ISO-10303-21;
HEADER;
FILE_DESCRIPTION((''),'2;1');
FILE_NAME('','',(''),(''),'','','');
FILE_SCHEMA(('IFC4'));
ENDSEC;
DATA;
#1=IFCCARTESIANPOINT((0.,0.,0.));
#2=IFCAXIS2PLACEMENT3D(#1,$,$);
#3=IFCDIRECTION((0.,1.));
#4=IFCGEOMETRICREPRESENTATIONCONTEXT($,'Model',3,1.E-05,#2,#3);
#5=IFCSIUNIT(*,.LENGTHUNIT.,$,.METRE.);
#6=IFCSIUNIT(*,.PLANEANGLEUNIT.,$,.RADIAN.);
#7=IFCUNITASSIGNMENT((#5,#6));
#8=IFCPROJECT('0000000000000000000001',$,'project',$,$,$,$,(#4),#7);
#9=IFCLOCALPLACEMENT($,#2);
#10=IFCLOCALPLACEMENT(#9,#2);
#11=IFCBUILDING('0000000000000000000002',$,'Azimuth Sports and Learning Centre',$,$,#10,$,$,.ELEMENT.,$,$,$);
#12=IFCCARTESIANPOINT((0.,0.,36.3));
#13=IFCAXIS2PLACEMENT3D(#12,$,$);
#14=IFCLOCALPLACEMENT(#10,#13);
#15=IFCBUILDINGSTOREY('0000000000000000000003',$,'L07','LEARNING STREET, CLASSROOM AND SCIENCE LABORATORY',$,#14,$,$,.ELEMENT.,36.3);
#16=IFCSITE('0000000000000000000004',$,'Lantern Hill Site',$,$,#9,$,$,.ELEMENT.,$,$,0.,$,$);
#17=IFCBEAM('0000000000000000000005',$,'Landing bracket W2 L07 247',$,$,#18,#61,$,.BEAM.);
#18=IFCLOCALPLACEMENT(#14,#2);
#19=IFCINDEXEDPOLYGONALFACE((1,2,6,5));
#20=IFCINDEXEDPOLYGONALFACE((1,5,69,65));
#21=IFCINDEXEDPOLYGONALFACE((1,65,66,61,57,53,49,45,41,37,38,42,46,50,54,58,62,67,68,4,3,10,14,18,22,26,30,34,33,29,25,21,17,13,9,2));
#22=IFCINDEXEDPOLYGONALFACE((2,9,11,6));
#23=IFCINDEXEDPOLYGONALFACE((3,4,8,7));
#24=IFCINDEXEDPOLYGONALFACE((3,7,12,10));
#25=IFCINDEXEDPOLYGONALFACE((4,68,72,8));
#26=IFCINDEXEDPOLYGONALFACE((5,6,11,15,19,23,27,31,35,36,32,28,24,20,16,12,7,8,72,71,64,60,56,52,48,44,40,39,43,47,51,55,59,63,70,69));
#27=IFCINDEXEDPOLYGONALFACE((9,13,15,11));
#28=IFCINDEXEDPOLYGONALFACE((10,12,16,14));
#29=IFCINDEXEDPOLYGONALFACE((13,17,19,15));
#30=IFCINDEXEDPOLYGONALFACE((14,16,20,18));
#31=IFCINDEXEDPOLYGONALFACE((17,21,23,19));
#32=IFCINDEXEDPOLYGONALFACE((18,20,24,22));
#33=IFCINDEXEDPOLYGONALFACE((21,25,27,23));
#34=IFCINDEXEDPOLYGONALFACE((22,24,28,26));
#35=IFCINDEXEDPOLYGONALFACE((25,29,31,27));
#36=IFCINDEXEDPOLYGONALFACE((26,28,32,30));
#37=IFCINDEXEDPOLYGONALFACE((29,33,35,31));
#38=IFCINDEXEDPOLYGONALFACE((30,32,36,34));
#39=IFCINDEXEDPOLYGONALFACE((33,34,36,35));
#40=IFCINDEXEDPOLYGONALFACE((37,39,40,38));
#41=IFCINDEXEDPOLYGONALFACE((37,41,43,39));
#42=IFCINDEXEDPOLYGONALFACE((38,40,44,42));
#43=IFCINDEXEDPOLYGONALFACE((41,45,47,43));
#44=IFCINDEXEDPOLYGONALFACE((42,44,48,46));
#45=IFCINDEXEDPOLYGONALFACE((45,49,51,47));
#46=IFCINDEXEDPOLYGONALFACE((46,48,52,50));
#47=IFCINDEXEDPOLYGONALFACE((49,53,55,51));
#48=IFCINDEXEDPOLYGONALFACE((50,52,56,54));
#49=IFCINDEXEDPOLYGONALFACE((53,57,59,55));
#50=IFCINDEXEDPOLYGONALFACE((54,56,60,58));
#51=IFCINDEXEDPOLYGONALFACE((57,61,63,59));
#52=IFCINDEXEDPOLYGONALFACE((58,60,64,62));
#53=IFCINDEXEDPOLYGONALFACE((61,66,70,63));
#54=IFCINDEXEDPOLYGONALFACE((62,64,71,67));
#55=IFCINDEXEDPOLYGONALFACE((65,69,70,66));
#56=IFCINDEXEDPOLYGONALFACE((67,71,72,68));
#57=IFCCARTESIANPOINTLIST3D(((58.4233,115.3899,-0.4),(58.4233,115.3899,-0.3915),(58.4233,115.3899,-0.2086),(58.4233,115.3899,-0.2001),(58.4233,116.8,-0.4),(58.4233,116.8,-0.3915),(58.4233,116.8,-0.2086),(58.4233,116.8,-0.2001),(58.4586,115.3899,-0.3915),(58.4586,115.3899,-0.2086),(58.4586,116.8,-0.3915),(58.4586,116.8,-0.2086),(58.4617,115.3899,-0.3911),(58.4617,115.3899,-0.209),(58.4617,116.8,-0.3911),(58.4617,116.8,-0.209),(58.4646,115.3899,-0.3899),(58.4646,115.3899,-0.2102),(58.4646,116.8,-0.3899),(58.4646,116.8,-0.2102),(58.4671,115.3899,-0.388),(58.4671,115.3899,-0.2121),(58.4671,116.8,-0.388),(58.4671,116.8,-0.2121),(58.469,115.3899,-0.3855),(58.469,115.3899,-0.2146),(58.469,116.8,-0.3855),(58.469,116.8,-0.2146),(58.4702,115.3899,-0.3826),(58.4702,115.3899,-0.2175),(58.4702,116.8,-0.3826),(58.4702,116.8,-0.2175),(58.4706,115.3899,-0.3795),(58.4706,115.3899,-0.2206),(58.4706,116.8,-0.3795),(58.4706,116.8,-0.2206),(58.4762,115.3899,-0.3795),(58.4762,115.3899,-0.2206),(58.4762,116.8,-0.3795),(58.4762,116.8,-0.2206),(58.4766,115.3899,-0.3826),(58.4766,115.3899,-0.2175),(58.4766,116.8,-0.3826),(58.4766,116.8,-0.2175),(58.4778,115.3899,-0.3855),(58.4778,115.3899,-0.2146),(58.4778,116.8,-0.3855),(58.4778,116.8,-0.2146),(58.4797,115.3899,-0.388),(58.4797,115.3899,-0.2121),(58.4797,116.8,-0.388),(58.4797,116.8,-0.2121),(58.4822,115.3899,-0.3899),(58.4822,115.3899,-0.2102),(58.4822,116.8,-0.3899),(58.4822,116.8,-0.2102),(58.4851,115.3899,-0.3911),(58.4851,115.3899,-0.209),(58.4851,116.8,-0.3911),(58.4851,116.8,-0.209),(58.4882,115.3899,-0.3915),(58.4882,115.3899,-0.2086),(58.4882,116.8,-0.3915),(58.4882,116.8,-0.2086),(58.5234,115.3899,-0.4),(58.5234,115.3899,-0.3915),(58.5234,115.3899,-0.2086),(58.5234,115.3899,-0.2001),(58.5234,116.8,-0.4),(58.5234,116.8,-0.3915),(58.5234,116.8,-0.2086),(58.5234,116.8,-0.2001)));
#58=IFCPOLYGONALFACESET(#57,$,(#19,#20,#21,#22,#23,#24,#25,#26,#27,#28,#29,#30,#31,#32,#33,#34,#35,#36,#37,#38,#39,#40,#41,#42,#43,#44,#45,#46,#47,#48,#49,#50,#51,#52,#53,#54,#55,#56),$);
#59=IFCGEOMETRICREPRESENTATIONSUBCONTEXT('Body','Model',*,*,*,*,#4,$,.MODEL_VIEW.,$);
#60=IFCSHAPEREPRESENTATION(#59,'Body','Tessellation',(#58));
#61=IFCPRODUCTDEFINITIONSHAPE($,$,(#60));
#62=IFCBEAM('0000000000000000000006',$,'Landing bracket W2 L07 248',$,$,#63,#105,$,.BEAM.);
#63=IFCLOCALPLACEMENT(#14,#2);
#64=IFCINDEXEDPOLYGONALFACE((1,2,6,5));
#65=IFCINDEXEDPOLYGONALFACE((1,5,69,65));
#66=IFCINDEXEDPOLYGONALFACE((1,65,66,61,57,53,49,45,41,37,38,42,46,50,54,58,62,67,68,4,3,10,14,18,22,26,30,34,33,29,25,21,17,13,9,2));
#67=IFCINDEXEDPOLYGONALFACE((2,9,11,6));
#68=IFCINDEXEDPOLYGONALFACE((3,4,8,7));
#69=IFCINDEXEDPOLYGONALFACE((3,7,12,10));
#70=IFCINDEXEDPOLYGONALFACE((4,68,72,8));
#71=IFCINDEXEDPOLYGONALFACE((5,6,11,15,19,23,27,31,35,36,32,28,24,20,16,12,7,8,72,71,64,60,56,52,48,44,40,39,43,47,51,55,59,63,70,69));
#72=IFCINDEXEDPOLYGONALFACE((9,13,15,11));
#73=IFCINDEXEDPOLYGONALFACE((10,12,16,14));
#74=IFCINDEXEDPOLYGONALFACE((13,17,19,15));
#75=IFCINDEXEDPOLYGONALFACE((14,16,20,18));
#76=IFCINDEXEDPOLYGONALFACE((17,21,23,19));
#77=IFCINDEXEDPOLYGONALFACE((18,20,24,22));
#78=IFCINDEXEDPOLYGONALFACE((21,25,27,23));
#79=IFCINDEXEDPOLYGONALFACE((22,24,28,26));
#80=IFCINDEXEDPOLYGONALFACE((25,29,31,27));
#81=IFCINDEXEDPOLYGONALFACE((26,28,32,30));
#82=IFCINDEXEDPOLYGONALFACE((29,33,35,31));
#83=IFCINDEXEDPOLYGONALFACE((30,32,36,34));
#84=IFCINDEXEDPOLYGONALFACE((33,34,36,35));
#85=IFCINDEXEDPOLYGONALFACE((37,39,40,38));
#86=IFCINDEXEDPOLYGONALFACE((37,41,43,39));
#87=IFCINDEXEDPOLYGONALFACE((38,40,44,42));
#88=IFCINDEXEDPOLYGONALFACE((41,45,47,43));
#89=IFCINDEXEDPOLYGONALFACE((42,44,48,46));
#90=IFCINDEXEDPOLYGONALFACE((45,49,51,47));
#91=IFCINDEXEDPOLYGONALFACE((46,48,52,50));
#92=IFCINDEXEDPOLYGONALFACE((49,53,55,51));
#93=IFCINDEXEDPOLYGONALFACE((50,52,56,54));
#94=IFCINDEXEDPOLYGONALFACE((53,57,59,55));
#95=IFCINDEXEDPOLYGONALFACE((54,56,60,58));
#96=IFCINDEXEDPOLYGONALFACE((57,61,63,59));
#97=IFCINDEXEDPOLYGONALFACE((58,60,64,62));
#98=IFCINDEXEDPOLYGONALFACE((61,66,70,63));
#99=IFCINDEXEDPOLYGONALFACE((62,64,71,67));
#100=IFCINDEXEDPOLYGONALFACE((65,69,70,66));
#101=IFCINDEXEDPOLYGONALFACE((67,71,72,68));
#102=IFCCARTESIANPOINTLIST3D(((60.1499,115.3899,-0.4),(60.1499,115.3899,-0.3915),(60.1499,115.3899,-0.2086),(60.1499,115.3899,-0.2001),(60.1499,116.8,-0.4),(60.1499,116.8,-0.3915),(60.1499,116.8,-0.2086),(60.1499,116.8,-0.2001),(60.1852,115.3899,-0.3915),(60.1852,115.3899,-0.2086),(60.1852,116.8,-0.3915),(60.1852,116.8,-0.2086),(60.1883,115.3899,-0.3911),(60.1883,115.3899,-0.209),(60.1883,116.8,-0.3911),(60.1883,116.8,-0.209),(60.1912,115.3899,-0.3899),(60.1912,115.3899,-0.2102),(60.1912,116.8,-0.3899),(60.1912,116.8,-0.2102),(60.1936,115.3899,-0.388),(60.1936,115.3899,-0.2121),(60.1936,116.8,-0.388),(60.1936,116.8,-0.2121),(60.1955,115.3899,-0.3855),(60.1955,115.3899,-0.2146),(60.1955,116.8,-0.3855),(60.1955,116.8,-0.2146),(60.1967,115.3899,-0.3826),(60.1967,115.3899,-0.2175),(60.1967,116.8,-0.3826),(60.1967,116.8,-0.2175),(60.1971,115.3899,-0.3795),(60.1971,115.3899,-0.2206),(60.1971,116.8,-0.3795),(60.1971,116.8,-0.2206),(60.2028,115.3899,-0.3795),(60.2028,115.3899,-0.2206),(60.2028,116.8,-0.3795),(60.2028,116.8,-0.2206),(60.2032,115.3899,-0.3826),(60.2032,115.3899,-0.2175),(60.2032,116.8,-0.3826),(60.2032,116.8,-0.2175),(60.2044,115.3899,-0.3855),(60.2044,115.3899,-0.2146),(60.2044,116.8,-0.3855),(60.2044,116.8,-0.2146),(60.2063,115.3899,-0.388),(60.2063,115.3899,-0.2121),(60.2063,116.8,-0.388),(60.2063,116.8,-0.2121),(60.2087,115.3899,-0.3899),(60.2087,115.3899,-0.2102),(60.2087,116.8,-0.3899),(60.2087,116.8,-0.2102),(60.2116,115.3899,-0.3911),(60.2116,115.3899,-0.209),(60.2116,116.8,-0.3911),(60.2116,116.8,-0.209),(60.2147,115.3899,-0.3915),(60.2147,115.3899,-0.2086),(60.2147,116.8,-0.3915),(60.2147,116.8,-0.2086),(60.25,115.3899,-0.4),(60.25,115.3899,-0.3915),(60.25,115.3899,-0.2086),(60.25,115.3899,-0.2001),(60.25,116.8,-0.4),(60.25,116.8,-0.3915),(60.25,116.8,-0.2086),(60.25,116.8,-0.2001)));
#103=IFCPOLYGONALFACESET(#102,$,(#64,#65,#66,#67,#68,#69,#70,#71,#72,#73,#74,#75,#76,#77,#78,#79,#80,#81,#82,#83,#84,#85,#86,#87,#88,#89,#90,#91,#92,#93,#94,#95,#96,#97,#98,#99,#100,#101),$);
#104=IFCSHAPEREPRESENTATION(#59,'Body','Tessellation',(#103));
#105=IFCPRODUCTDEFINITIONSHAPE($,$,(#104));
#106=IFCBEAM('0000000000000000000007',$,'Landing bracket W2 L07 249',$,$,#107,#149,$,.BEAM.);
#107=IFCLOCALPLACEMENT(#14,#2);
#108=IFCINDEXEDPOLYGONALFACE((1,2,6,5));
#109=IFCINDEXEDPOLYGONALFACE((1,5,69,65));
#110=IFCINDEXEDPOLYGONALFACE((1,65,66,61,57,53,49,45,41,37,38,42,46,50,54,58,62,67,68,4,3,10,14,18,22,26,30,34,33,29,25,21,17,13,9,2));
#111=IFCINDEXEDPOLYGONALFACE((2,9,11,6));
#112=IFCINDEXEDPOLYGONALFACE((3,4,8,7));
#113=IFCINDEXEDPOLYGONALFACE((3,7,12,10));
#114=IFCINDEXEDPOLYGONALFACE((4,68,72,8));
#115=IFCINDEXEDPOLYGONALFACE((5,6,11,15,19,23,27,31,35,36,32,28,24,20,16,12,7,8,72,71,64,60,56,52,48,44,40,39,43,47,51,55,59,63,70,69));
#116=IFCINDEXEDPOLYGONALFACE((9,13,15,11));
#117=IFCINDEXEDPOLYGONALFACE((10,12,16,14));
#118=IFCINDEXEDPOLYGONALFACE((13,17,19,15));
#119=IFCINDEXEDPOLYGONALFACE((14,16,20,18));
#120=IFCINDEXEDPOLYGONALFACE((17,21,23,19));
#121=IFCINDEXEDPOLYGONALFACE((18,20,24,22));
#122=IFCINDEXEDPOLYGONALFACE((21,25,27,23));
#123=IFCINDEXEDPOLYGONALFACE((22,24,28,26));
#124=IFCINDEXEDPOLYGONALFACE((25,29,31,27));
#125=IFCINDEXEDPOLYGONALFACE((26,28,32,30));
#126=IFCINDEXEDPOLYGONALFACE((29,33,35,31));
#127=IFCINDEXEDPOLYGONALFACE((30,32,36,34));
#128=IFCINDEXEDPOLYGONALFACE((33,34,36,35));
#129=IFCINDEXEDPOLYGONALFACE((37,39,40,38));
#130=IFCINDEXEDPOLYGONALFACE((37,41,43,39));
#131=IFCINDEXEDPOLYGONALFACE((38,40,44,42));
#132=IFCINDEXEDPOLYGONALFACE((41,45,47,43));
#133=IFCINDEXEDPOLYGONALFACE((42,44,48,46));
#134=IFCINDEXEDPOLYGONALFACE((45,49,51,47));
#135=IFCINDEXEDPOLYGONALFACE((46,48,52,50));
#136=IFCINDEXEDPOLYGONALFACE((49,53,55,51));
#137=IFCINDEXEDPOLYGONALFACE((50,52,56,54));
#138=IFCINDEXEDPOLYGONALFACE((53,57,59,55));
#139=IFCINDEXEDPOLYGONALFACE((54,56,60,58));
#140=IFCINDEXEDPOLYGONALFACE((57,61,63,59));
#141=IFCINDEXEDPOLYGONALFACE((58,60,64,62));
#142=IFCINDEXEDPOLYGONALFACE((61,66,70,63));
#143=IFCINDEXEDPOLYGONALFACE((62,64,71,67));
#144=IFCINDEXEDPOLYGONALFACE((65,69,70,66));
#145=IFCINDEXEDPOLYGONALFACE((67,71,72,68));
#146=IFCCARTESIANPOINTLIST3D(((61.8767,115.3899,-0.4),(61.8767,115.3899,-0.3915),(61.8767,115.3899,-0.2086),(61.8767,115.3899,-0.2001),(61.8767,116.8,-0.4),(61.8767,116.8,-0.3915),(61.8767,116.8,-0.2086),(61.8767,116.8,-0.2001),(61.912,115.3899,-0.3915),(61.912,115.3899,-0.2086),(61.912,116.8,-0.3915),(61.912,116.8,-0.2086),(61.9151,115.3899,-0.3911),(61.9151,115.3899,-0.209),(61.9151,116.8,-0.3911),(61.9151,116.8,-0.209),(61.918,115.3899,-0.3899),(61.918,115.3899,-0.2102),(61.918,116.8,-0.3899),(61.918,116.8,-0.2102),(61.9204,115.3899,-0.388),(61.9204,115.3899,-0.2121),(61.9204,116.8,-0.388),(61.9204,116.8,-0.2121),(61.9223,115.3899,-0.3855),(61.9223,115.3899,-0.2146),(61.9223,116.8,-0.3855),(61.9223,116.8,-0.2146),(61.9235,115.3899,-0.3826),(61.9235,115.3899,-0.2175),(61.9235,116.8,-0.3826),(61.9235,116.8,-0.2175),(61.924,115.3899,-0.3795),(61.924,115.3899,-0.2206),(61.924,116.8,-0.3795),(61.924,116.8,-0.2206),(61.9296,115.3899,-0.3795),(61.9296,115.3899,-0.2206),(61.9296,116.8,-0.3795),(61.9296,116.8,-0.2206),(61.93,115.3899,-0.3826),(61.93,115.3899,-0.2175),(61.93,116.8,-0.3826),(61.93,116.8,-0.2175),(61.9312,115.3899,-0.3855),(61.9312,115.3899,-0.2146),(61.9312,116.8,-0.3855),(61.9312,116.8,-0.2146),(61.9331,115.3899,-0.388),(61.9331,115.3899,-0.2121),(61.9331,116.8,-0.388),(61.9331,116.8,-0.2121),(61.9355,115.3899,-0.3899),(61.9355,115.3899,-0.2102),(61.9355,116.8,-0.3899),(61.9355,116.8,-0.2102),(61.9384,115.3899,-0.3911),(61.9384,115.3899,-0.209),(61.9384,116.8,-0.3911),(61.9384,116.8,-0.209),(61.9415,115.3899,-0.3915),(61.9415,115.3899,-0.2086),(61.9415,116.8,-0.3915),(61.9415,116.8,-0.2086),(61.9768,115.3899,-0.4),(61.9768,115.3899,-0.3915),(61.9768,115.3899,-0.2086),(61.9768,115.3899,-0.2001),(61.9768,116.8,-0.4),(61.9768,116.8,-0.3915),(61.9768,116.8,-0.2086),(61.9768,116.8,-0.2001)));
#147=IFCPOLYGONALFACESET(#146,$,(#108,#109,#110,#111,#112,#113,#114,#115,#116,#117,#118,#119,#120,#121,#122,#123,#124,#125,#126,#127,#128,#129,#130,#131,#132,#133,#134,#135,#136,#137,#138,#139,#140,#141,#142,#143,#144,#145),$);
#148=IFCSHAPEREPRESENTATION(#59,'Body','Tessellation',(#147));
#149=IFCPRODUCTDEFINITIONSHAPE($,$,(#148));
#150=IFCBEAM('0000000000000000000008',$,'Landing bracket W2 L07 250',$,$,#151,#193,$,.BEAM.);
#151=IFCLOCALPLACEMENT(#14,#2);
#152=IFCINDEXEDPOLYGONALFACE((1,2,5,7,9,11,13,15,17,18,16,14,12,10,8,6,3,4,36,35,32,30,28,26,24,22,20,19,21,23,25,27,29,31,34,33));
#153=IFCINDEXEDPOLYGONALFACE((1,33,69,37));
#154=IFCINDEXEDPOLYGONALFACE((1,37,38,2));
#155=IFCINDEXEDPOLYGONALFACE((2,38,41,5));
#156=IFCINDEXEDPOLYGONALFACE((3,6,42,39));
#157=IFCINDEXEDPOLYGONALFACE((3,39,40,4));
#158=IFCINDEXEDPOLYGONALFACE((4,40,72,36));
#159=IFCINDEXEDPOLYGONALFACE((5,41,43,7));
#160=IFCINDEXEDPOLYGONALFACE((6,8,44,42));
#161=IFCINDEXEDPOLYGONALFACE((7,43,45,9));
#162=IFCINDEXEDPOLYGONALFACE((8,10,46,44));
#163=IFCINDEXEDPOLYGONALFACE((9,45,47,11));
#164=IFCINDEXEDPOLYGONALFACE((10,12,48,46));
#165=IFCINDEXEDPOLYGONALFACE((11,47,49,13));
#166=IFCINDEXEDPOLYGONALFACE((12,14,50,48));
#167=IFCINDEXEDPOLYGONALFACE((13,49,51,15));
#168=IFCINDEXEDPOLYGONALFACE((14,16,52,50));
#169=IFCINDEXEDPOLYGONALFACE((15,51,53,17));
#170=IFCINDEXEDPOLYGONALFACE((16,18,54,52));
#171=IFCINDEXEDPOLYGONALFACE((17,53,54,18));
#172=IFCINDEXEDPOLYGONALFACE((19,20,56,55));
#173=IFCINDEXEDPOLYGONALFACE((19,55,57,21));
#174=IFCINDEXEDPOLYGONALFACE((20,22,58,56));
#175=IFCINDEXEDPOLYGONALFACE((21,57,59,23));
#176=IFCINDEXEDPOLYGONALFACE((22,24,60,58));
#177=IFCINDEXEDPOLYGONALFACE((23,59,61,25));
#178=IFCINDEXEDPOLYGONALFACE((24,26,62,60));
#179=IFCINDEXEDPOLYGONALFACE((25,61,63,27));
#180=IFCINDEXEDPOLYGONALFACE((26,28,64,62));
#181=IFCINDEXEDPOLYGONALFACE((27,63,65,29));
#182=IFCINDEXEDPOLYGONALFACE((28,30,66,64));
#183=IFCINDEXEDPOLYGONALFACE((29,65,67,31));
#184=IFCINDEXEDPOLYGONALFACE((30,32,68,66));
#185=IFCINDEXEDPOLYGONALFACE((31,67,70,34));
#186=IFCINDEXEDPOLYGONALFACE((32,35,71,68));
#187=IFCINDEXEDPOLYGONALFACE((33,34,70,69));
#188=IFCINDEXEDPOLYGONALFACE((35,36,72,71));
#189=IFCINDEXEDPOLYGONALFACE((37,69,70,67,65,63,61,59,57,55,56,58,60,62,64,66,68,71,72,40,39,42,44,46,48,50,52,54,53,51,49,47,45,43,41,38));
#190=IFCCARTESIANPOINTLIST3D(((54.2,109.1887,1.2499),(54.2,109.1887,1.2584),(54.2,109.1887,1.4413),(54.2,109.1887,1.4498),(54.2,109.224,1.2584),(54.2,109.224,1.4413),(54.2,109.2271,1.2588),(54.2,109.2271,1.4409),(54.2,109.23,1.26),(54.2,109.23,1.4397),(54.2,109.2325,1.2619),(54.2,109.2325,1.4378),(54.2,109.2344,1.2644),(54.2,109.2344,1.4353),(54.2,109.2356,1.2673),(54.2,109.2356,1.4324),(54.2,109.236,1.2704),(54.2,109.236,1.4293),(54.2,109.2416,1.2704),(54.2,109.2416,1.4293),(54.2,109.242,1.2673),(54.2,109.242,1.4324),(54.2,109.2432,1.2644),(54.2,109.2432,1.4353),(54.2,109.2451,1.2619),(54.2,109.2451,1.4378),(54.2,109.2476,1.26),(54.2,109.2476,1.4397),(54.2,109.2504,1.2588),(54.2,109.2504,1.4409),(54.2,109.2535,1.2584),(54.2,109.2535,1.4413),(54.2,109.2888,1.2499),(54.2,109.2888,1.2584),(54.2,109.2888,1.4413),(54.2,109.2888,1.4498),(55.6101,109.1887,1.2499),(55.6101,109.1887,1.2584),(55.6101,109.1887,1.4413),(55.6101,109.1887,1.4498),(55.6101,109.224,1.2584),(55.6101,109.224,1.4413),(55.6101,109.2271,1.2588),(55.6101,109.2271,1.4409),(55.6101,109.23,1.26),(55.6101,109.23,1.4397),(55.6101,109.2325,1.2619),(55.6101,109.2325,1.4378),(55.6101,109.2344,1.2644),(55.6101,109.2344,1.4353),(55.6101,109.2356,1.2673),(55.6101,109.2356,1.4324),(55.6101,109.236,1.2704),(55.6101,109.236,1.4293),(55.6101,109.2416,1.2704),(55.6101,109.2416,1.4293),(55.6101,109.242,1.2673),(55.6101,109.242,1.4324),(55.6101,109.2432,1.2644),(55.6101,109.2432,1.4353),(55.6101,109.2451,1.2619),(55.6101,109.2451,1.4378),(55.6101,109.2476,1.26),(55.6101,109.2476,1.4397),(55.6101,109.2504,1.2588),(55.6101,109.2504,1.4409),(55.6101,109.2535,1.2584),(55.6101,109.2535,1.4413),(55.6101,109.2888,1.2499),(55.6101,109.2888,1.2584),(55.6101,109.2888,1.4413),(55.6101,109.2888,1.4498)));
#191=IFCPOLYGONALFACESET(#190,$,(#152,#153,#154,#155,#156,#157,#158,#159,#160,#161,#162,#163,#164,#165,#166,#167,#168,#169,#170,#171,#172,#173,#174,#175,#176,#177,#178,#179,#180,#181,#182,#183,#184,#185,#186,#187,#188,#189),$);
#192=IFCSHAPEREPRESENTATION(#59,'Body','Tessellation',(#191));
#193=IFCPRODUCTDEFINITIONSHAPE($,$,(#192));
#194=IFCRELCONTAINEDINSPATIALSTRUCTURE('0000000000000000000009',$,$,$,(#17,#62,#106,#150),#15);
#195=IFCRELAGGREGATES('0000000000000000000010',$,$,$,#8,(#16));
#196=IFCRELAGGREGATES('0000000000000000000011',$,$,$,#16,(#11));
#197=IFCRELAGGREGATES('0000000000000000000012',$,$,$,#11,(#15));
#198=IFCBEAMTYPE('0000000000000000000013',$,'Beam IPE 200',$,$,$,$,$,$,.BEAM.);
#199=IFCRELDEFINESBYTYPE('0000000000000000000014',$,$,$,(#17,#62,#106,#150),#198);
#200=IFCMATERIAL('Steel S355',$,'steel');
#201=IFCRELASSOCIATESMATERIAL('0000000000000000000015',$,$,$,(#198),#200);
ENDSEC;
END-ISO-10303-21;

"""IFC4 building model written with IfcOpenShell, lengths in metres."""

from ifc_helpers import new_model, si_unit, direction, frame, origin, origin_2d, place, context, subcontext, project, spatial, i_section, extrude, material, material_profile, profile_set, type_object, element, save


model = new_model("IFC4")

# Units and contexts
model_context = context("Model", 3, precision=1e-05, world=origin(), true_north=direction((0.0, 1.0)))
body_context = subcontext(model_context, "Body", "Model", "MODEL_VIEW")
ifc_project = project(units=[si_unit("LENGTHUNIT", "METRE"), si_unit("PLANEANGLEUNIT", "RADIAN")], contexts=[model_context])

# Site, building, storey
site_placement = place(None, origin())
site = spatial("IfcSite", under=ifc_project, at=site_placement, Name="Lantern Hill Site", CompositionType="ELEMENT", RefElevation=0.0)
building_placement = place(site_placement, origin())
building = spatial("IfcBuilding", under=site, at=building_placement, Name="Azimuth Sports and Learning Centre", CompositionType="ELEMENT")
storey_placement = place(building_placement, frame((0.0, 0.0, 36.3)))
storey = spatial("IfcBuildingStorey", under=building, at=storey_placement, Name="L07", Description="LEARNING STREET, CLASSROOM AND SCIENCE LABORATORY", CompositionType="ELEMENT", Elevation=36.3)

# Beams
ifc_material_1 = material(Name="Steel S355", Category="steel")
ifc_material_profile_1 = material_profile(ifc_material_1, i_section(OverallWidth=0.1001, OverallDepth=0.2, WebThickness=0.0056, FlangeThickness=0.0085, FilletRadius=0.012, at=origin_2d()), Name="IPE 200")
ifc_profile_set_1 = profile_set([ifc_material_profile_1], Name="Steel S355")
beam_type_1 = type_object("IfcBeamType", Name="Beam IPE 200", PredefinedType="BEAM", material=ifc_profile_set_1)
for number, where, z_axis, x_axis, name in (
    (1, (58.4734, 116.8, -0.3), (0.0, -1.0, 0.0), (1.0, 0.0, 0.0), "Landing bracket W2 L07 247"),
    (2, (60.2, 116.8, -0.3), (0.0, -1.0, 0.0), (1.0, 0.0, 0.0), "Landing bracket W2 L07 248"),
    (3, (61.9268, 116.8, -0.3), (0.0, -1.0, 0.0), (1.0, 0.0, 0.0), "Landing bracket W2 L07 249"),
    (4, (54.2, 109.2388, 1.3499), (1.0, 0.0, 0.0), (0.0, 1.0, 0.0), "Landing bracket W2 L07 250"),
):
    element("IfcBeam", number, at=place(storey_placement, frame(where, z_axis=z_axis, x_axis=x_axis)), inside=storey, type_object=beam_type_1, Name=name, PredefinedType="BEAM", context=body_context, shape_type="SweptSolid", body=[
        extrude(i_section(OverallWidth=0.1001, OverallDepth=0.2, WebThickness=0.0056, FlangeThickness=0.0085, FilletRadius=0.012, at=origin_2d()), origin(), (0.0, 0.0, 1.0), 1.4102),
    ])

save(model, "model.ifc")
